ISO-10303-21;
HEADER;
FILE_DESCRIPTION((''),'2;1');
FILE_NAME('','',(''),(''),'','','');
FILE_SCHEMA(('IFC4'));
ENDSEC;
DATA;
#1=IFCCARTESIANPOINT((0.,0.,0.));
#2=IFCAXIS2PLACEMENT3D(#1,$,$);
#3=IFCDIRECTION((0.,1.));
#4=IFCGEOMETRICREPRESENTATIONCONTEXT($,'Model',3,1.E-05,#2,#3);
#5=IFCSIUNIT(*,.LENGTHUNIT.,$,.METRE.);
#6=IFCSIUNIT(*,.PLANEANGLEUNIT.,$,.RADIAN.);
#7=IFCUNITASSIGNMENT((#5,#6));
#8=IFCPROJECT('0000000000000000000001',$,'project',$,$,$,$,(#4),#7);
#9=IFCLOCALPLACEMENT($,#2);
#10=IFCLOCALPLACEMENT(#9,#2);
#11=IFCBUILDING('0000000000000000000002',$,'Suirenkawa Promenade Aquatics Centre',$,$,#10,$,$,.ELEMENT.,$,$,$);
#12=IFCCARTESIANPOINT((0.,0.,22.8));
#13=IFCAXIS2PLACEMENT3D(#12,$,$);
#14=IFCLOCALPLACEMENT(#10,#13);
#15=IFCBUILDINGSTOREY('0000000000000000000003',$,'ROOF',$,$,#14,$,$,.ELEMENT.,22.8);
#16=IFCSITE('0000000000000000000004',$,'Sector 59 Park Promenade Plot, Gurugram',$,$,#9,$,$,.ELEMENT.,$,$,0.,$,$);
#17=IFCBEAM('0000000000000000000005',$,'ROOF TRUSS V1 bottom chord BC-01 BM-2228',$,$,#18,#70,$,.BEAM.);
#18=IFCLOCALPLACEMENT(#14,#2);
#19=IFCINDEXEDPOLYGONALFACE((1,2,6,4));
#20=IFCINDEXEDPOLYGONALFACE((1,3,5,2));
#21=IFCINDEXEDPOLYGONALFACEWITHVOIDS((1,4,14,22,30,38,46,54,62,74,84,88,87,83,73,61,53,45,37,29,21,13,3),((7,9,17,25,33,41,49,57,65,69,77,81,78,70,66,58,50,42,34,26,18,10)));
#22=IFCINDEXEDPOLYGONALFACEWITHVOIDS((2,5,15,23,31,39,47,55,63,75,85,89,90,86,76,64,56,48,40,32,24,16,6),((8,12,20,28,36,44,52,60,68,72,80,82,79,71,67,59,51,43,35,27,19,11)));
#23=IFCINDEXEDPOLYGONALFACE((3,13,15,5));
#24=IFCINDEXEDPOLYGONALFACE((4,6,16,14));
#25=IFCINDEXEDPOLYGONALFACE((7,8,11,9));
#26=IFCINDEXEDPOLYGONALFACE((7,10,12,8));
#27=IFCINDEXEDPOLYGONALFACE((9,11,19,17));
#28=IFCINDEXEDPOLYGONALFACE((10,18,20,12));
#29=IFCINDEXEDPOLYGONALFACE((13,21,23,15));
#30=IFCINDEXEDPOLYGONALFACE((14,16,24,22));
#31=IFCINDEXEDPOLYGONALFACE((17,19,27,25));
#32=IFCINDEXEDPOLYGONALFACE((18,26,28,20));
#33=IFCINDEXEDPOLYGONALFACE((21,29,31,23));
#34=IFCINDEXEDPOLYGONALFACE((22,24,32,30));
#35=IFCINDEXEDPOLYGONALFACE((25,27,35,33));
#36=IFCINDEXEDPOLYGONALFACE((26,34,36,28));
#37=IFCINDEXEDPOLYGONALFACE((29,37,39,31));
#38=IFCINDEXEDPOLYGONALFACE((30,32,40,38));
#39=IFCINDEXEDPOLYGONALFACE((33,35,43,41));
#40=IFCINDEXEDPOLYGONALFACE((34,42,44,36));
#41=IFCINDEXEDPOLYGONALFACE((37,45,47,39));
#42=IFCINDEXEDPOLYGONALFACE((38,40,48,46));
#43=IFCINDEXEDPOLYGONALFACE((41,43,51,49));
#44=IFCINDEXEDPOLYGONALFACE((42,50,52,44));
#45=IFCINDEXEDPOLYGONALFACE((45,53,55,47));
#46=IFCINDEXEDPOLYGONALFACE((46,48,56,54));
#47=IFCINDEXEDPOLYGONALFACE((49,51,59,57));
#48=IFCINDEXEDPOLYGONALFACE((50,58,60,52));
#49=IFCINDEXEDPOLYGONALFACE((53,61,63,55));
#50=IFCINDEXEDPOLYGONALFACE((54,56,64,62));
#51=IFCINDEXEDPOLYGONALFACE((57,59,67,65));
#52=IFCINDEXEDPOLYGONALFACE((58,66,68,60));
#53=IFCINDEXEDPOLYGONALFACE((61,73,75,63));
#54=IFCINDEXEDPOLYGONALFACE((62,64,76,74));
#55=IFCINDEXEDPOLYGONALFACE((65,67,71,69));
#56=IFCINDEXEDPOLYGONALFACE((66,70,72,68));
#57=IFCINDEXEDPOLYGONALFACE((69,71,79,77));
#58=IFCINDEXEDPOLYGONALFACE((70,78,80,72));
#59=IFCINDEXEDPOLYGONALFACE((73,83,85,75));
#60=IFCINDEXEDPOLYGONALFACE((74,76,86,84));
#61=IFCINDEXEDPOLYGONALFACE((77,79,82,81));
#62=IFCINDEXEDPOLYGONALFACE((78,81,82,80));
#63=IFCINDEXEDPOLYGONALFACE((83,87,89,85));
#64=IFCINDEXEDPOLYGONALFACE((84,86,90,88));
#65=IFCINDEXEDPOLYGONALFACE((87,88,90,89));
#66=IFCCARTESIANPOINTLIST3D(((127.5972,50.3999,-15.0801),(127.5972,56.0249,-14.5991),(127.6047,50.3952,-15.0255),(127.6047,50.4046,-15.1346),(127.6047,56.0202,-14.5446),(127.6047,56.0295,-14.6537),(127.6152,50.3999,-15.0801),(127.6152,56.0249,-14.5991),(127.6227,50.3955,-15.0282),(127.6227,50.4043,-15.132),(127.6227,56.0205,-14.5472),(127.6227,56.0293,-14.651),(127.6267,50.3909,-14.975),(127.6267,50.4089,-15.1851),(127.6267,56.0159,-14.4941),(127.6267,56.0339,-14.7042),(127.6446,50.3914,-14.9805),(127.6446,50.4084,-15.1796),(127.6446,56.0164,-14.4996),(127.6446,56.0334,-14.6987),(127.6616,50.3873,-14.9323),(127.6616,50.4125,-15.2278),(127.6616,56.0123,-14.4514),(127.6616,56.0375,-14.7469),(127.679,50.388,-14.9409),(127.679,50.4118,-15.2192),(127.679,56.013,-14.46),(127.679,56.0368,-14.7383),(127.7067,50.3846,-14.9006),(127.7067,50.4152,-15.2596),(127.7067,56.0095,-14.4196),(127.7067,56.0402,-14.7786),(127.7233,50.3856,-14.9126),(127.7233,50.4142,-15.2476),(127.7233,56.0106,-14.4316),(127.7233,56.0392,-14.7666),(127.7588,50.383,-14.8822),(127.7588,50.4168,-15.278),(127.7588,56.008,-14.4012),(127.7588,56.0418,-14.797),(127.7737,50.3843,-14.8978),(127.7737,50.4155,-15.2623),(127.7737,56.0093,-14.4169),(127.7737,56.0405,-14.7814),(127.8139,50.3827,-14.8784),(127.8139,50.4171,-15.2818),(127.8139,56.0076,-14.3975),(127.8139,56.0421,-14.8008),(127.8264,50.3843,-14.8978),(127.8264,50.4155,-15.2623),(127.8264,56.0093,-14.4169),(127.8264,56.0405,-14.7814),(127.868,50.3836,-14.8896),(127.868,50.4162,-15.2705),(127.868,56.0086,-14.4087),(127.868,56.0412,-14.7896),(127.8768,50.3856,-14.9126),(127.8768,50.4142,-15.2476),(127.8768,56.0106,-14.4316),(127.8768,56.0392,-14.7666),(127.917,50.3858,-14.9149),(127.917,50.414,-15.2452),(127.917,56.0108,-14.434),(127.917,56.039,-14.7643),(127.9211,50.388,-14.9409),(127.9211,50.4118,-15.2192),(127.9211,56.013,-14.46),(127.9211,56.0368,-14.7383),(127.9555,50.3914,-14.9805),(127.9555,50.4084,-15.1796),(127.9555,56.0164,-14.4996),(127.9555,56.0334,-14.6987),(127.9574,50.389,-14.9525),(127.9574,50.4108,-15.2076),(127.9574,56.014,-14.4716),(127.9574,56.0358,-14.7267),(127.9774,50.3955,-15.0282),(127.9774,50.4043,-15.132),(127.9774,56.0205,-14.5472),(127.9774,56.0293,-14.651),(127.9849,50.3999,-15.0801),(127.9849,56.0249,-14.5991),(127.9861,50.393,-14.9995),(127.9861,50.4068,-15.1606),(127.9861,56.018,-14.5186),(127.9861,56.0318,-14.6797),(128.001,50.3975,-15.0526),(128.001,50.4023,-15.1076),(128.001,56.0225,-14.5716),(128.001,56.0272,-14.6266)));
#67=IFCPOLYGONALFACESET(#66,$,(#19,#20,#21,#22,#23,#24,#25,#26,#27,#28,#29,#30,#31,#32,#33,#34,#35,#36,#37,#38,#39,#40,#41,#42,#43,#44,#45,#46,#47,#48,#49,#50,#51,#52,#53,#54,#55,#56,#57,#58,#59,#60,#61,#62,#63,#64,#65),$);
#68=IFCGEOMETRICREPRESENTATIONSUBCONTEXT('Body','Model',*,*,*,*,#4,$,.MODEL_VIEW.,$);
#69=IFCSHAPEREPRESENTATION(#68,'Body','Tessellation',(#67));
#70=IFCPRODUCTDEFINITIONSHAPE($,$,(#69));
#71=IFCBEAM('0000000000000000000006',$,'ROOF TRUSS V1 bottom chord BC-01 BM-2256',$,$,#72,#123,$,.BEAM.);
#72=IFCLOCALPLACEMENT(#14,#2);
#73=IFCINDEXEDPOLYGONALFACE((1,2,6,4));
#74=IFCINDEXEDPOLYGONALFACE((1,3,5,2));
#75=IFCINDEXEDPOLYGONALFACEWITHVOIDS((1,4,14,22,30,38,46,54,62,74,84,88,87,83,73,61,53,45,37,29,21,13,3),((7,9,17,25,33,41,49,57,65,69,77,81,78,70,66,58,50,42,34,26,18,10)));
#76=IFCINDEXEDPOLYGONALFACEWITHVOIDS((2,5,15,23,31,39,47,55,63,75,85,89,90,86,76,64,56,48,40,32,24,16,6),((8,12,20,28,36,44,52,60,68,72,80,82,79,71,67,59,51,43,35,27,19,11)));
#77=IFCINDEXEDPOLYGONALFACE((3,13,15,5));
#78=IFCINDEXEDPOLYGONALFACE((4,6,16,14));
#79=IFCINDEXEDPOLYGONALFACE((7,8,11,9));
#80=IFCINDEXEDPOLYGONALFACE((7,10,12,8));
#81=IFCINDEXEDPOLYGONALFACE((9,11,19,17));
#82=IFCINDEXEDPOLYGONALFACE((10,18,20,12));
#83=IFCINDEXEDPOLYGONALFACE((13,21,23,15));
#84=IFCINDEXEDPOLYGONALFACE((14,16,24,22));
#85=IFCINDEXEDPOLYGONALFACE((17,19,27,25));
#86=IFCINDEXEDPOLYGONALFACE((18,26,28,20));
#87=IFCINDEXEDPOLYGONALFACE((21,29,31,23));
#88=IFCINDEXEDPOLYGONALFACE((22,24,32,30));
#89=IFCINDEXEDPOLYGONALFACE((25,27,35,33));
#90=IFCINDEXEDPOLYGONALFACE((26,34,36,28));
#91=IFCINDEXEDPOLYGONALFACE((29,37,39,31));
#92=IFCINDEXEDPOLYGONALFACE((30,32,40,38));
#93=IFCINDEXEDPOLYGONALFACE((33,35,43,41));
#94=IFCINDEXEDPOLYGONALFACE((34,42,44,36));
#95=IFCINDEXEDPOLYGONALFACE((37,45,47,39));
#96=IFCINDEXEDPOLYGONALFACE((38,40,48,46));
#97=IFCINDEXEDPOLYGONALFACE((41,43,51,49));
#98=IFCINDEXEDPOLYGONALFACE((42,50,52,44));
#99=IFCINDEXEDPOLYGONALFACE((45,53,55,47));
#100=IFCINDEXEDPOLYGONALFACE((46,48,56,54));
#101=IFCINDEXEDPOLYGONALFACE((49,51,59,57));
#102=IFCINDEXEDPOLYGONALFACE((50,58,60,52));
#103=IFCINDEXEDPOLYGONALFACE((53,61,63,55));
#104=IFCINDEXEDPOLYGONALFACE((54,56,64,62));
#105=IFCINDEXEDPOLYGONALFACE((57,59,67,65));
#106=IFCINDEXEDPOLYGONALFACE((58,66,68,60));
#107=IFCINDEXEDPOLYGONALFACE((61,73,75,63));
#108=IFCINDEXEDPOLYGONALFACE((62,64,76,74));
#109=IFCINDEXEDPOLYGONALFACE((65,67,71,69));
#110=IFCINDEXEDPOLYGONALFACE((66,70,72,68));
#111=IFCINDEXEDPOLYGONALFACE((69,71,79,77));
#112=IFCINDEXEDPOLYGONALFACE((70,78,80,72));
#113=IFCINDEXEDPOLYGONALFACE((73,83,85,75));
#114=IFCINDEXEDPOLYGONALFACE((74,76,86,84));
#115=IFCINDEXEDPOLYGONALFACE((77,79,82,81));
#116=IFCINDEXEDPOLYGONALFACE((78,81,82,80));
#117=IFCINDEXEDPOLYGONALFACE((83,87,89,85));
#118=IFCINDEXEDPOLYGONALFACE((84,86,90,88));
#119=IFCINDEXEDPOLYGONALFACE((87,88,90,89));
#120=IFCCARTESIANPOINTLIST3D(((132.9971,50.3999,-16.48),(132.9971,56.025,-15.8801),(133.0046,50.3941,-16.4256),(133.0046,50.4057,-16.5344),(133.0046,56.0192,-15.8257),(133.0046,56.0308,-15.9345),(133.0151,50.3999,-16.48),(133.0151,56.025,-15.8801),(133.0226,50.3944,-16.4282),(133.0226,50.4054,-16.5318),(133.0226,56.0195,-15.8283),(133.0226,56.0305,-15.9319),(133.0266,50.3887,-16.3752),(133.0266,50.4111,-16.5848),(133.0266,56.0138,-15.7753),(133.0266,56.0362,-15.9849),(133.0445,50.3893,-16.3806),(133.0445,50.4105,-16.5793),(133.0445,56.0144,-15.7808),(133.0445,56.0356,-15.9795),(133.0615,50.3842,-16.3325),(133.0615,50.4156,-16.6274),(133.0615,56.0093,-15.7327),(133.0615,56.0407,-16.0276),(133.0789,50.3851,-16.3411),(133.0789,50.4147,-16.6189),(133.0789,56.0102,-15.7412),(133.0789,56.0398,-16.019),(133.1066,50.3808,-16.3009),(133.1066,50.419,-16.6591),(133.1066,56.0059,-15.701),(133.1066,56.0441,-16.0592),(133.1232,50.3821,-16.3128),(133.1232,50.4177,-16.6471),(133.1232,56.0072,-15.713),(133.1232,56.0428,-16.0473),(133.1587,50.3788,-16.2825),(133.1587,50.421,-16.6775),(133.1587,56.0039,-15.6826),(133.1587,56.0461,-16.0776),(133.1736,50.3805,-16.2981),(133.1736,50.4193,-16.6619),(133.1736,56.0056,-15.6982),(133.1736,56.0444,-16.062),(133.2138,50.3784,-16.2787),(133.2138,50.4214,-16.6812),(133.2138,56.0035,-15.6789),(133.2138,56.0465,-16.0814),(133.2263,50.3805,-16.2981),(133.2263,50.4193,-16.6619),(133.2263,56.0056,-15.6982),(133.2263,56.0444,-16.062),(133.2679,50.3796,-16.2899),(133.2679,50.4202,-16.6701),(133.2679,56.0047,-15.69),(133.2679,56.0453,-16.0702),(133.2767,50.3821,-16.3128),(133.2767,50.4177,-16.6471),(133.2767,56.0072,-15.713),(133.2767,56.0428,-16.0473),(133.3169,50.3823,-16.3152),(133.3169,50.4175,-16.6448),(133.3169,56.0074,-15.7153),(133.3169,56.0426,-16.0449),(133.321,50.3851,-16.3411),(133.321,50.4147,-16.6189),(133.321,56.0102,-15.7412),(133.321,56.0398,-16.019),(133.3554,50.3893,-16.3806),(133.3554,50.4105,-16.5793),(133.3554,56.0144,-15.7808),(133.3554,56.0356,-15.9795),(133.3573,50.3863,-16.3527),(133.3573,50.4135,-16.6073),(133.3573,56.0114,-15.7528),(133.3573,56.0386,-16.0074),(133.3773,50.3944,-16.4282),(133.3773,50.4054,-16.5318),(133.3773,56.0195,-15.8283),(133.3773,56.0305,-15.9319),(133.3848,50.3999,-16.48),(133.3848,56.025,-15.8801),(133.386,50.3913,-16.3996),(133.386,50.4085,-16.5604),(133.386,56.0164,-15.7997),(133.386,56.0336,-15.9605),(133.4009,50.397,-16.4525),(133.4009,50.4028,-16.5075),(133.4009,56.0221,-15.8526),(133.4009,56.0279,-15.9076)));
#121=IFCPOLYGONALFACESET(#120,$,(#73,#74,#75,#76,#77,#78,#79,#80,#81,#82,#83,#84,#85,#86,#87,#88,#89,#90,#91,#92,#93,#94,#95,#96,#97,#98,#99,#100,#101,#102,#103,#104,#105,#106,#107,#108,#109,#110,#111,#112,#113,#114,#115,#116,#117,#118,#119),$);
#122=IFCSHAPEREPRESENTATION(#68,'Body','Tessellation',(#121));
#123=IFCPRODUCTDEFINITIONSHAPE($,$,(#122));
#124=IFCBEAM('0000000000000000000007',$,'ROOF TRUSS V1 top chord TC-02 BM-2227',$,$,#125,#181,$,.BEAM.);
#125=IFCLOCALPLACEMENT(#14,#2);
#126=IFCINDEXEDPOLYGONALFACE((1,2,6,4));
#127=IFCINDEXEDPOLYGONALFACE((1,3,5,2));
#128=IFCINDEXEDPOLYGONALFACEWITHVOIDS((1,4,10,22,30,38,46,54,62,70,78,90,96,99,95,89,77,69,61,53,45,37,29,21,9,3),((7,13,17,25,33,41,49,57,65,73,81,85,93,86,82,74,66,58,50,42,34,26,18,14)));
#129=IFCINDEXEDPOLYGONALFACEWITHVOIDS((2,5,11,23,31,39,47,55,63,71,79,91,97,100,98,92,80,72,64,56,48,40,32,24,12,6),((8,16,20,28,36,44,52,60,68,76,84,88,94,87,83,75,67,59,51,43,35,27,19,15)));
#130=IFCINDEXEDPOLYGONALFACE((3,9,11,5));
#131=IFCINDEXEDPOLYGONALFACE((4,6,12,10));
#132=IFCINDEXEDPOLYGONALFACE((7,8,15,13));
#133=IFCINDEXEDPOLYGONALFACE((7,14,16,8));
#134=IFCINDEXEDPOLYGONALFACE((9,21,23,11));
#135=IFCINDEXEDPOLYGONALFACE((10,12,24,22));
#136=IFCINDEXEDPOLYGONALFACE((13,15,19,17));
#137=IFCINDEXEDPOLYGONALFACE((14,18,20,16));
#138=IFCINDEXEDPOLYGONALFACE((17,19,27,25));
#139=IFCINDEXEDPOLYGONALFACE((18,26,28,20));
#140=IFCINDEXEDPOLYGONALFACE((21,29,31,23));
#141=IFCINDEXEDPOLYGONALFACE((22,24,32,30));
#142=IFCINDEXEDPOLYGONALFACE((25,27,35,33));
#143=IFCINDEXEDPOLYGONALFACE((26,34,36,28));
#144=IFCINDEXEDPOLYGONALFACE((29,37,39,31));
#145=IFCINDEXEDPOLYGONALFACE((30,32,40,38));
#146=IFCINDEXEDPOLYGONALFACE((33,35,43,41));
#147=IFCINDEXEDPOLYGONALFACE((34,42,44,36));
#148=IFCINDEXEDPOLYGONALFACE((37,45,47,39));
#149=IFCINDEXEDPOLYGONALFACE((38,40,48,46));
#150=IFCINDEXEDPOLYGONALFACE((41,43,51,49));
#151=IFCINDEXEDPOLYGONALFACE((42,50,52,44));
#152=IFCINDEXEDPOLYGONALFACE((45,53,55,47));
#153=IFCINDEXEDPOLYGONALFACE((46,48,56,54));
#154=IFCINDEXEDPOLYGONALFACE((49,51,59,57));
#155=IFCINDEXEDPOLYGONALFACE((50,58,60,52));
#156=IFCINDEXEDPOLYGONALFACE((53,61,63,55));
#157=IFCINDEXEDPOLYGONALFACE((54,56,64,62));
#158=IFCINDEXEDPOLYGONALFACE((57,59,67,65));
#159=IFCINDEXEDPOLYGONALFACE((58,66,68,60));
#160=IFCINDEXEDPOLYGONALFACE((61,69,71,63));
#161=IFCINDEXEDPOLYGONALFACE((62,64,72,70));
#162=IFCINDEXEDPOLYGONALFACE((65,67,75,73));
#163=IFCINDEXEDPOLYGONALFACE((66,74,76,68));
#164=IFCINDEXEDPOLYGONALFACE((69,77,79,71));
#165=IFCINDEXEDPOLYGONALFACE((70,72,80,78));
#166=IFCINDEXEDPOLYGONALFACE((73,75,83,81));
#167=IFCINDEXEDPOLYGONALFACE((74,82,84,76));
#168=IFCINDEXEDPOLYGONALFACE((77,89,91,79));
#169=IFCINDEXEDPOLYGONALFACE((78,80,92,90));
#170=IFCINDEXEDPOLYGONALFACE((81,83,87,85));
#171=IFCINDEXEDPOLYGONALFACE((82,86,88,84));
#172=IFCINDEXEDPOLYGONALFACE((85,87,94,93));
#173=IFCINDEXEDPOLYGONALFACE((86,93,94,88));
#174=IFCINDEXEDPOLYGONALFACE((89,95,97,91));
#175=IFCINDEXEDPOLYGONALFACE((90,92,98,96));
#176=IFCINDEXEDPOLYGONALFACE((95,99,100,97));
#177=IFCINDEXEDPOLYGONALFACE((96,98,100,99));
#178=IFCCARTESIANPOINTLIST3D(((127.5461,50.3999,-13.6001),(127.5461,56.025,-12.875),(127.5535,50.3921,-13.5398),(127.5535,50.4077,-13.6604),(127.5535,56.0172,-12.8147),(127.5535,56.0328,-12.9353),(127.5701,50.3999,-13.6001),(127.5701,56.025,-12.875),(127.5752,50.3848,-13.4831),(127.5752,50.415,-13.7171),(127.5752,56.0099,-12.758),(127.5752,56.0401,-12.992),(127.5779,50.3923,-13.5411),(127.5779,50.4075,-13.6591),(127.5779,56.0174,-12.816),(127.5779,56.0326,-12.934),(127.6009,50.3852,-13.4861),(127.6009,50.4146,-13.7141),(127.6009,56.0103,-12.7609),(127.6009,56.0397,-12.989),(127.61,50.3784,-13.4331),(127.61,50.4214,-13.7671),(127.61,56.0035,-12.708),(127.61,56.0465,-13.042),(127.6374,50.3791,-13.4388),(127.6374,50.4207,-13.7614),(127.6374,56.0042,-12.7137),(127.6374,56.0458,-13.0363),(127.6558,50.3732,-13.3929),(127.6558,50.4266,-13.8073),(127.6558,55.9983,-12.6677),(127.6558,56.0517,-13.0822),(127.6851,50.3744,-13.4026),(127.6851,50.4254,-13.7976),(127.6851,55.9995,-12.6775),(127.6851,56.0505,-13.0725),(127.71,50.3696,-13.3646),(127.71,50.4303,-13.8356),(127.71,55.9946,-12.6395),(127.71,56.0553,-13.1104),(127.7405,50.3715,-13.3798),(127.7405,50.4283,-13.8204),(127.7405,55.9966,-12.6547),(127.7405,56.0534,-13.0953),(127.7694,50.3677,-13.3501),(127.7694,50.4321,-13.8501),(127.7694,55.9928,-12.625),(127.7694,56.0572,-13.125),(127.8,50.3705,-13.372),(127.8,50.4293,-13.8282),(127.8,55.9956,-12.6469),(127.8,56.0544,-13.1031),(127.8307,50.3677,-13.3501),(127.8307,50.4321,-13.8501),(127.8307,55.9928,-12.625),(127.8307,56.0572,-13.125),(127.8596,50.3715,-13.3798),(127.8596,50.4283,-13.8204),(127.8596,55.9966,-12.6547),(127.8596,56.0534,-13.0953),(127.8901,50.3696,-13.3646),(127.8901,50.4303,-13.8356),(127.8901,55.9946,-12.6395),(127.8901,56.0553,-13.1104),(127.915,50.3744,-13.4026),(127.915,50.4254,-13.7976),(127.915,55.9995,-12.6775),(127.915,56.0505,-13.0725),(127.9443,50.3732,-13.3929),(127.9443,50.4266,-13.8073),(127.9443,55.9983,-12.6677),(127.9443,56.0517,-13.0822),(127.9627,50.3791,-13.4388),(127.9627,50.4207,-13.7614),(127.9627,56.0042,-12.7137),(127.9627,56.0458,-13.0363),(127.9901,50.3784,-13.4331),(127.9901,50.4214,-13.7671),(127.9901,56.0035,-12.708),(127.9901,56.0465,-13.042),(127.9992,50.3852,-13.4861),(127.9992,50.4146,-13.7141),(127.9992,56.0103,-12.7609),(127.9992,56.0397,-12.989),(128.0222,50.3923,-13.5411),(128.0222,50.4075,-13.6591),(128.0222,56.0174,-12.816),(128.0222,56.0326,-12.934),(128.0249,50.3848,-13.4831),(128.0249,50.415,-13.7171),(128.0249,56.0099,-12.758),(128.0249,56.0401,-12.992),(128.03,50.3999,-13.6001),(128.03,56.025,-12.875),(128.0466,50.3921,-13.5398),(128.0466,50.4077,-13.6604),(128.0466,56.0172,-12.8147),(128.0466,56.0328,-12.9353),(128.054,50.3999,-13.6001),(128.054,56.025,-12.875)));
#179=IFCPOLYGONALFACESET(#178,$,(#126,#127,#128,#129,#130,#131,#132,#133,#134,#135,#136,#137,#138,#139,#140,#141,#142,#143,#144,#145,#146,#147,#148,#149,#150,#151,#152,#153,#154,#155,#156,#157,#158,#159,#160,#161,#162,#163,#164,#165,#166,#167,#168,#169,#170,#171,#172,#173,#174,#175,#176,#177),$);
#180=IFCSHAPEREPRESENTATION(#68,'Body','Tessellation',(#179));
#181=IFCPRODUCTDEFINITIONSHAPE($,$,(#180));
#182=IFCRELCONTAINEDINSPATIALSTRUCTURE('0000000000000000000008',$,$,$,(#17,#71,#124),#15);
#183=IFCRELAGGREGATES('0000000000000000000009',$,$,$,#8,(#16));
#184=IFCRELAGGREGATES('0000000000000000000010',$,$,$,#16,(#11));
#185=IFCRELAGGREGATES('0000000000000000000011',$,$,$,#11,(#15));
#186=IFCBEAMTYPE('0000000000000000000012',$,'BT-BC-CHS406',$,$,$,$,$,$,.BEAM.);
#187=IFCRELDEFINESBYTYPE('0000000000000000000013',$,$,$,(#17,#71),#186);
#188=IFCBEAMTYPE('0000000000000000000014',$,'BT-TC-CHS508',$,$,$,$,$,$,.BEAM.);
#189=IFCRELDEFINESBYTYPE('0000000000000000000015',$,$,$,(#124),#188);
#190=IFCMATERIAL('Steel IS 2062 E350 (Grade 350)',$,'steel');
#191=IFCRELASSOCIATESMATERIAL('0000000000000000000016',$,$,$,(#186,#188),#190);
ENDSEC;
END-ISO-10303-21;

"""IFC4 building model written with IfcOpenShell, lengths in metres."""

from ifc_helpers import new_model, si_unit, direction, frame, origin, origin_2d, place, context, subcontext, project, spatial, hollow_circle, extrude, material, material_profile, profile_set, type_object, element, save


model = new_model("IFC4")

# Units and contexts
model_context = context("Model", 3, precision=1e-05, world=origin(), true_north=direction((0.0, 1.0)))
body_context = subcontext(model_context, "Body", "Model", "MODEL_VIEW")
ifc_project = project(units=[si_unit("LENGTHUNIT", "METRE"), si_unit("PLANEANGLEUNIT", "RADIAN")], contexts=[model_context])

# Site, building, storey
site_placement = place(None, origin())
site = spatial("IfcSite", under=ifc_project, at=site_placement, Name="Sector 59 Park Promenade Plot, Gurugram", CompositionType="ELEMENT", RefElevation=0.0)
building_placement = place(site_placement, origin())
building = spatial("IfcBuilding", under=site, at=building_placement, Name="Suirenkawa Promenade Aquatics Centre", CompositionType="ELEMENT")
storey_placement = place(building_placement, frame((0.0, 0.0, 22.8)))
storey = spatial("IfcBuildingStorey", under=building, at=storey_placement, Name="ROOF", CompositionType="ELEMENT", Elevation=22.8)

# Beams
ifc_material_1 = material(Name="Steel IS 2062 E350 (Grade 350)", Category="steel")
ifc_material_profile_1 = material_profile(ifc_material_1, hollow_circle(Radius=0.2029, WallThickness=0.0181, at=origin_2d()), Name="CHS 406x18", Category="steel")
ifc_profile_set_1 = profile_set([ifc_material_profile_1], Name="Steel IS 2062 E350 (Grade 350)")
beam_type_1 = type_object("IfcBeamType", Name="BT-BC-CHS406", PredefinedType="BEAM", material=ifc_profile_set_1)
beam_1_placement = place(storey_placement, frame((127.8, 50.3999, -15.0801), z_axis=(0.0, 0.996364, 0.085193), x_axis=(-1.0, 0.0, 0.0)))
element("IfcBeam", 1, at=beam_1_placement, inside=storey, type_object=beam_type_1, Name="ROOF TRUSS V1 bottom chord BC-01 BM-2228", PredefinedType="BEAM", context=body_context, shape_type="SweptSolid", body=[
    extrude(hollow_circle(Radius=0.2029, WallThickness=0.0181, at=origin_2d()), origin(), (0.0, 0.0, 1.0), 5.6455),
])
beam_2_placement = place(storey_placement, frame((133.2, 50.3999, -16.48), z_axis=(0.0, 0.994362, 0.106039), x_axis=(-1.0, 0.0, 0.0)))
element("IfcBeam", 2, at=beam_2_placement, inside=storey, type_object=beam_type_1, Name="ROOF TRUSS V1 bottom chord BC-01 BM-2256", PredefinedType="BEAM", context=body_context, shape_type="SweptSolid", body=[
    extrude(hollow_circle(Radius=0.2029, WallThickness=0.0181, at=origin_2d()), origin(), (0.0, 0.0, 1.0), 5.657),
])
ifc_material_profile_2 = material_profile(ifc_material_1, hollow_circle(Radius=0.2539, WallThickness=0.0239, at=origin_2d()), Name="CHS 508x24", Category="steel")
ifc_profile_set_2 = profile_set([ifc_material_profile_2], Name="Steel IS 2062 E350 (Grade 350)")
beam_type_2 = type_object("IfcBeamType", Name="BT-TC-CHS508", PredefinedType="BEAM", material=ifc_profile_set_2)
for number, where, z_axis, x_axis, name in (
    (3, (127.8, 50.3999, -13.6001), (0.0, 0.991794, 0.127848), (-1.0, 0.0, 0.0), "ROOF TRUSS V1 top chord TC-02 BM-2227"),
):
    element("IfcBeam", number, at=place(storey_placement, frame(where, z_axis=z_axis, x_axis=x_axis)), inside=storey, type_object=beam_type_2, Name=name, PredefinedType="BEAM", context=body_context, shape_type="SweptSolid", body=[
        extrude(hollow_circle(Radius=0.2539, WallThickness=0.0239, at=origin_2d()), origin(), (0.0, 0.0, 1.0), 5.6716),
    ])

save(model, "model.ifc")
